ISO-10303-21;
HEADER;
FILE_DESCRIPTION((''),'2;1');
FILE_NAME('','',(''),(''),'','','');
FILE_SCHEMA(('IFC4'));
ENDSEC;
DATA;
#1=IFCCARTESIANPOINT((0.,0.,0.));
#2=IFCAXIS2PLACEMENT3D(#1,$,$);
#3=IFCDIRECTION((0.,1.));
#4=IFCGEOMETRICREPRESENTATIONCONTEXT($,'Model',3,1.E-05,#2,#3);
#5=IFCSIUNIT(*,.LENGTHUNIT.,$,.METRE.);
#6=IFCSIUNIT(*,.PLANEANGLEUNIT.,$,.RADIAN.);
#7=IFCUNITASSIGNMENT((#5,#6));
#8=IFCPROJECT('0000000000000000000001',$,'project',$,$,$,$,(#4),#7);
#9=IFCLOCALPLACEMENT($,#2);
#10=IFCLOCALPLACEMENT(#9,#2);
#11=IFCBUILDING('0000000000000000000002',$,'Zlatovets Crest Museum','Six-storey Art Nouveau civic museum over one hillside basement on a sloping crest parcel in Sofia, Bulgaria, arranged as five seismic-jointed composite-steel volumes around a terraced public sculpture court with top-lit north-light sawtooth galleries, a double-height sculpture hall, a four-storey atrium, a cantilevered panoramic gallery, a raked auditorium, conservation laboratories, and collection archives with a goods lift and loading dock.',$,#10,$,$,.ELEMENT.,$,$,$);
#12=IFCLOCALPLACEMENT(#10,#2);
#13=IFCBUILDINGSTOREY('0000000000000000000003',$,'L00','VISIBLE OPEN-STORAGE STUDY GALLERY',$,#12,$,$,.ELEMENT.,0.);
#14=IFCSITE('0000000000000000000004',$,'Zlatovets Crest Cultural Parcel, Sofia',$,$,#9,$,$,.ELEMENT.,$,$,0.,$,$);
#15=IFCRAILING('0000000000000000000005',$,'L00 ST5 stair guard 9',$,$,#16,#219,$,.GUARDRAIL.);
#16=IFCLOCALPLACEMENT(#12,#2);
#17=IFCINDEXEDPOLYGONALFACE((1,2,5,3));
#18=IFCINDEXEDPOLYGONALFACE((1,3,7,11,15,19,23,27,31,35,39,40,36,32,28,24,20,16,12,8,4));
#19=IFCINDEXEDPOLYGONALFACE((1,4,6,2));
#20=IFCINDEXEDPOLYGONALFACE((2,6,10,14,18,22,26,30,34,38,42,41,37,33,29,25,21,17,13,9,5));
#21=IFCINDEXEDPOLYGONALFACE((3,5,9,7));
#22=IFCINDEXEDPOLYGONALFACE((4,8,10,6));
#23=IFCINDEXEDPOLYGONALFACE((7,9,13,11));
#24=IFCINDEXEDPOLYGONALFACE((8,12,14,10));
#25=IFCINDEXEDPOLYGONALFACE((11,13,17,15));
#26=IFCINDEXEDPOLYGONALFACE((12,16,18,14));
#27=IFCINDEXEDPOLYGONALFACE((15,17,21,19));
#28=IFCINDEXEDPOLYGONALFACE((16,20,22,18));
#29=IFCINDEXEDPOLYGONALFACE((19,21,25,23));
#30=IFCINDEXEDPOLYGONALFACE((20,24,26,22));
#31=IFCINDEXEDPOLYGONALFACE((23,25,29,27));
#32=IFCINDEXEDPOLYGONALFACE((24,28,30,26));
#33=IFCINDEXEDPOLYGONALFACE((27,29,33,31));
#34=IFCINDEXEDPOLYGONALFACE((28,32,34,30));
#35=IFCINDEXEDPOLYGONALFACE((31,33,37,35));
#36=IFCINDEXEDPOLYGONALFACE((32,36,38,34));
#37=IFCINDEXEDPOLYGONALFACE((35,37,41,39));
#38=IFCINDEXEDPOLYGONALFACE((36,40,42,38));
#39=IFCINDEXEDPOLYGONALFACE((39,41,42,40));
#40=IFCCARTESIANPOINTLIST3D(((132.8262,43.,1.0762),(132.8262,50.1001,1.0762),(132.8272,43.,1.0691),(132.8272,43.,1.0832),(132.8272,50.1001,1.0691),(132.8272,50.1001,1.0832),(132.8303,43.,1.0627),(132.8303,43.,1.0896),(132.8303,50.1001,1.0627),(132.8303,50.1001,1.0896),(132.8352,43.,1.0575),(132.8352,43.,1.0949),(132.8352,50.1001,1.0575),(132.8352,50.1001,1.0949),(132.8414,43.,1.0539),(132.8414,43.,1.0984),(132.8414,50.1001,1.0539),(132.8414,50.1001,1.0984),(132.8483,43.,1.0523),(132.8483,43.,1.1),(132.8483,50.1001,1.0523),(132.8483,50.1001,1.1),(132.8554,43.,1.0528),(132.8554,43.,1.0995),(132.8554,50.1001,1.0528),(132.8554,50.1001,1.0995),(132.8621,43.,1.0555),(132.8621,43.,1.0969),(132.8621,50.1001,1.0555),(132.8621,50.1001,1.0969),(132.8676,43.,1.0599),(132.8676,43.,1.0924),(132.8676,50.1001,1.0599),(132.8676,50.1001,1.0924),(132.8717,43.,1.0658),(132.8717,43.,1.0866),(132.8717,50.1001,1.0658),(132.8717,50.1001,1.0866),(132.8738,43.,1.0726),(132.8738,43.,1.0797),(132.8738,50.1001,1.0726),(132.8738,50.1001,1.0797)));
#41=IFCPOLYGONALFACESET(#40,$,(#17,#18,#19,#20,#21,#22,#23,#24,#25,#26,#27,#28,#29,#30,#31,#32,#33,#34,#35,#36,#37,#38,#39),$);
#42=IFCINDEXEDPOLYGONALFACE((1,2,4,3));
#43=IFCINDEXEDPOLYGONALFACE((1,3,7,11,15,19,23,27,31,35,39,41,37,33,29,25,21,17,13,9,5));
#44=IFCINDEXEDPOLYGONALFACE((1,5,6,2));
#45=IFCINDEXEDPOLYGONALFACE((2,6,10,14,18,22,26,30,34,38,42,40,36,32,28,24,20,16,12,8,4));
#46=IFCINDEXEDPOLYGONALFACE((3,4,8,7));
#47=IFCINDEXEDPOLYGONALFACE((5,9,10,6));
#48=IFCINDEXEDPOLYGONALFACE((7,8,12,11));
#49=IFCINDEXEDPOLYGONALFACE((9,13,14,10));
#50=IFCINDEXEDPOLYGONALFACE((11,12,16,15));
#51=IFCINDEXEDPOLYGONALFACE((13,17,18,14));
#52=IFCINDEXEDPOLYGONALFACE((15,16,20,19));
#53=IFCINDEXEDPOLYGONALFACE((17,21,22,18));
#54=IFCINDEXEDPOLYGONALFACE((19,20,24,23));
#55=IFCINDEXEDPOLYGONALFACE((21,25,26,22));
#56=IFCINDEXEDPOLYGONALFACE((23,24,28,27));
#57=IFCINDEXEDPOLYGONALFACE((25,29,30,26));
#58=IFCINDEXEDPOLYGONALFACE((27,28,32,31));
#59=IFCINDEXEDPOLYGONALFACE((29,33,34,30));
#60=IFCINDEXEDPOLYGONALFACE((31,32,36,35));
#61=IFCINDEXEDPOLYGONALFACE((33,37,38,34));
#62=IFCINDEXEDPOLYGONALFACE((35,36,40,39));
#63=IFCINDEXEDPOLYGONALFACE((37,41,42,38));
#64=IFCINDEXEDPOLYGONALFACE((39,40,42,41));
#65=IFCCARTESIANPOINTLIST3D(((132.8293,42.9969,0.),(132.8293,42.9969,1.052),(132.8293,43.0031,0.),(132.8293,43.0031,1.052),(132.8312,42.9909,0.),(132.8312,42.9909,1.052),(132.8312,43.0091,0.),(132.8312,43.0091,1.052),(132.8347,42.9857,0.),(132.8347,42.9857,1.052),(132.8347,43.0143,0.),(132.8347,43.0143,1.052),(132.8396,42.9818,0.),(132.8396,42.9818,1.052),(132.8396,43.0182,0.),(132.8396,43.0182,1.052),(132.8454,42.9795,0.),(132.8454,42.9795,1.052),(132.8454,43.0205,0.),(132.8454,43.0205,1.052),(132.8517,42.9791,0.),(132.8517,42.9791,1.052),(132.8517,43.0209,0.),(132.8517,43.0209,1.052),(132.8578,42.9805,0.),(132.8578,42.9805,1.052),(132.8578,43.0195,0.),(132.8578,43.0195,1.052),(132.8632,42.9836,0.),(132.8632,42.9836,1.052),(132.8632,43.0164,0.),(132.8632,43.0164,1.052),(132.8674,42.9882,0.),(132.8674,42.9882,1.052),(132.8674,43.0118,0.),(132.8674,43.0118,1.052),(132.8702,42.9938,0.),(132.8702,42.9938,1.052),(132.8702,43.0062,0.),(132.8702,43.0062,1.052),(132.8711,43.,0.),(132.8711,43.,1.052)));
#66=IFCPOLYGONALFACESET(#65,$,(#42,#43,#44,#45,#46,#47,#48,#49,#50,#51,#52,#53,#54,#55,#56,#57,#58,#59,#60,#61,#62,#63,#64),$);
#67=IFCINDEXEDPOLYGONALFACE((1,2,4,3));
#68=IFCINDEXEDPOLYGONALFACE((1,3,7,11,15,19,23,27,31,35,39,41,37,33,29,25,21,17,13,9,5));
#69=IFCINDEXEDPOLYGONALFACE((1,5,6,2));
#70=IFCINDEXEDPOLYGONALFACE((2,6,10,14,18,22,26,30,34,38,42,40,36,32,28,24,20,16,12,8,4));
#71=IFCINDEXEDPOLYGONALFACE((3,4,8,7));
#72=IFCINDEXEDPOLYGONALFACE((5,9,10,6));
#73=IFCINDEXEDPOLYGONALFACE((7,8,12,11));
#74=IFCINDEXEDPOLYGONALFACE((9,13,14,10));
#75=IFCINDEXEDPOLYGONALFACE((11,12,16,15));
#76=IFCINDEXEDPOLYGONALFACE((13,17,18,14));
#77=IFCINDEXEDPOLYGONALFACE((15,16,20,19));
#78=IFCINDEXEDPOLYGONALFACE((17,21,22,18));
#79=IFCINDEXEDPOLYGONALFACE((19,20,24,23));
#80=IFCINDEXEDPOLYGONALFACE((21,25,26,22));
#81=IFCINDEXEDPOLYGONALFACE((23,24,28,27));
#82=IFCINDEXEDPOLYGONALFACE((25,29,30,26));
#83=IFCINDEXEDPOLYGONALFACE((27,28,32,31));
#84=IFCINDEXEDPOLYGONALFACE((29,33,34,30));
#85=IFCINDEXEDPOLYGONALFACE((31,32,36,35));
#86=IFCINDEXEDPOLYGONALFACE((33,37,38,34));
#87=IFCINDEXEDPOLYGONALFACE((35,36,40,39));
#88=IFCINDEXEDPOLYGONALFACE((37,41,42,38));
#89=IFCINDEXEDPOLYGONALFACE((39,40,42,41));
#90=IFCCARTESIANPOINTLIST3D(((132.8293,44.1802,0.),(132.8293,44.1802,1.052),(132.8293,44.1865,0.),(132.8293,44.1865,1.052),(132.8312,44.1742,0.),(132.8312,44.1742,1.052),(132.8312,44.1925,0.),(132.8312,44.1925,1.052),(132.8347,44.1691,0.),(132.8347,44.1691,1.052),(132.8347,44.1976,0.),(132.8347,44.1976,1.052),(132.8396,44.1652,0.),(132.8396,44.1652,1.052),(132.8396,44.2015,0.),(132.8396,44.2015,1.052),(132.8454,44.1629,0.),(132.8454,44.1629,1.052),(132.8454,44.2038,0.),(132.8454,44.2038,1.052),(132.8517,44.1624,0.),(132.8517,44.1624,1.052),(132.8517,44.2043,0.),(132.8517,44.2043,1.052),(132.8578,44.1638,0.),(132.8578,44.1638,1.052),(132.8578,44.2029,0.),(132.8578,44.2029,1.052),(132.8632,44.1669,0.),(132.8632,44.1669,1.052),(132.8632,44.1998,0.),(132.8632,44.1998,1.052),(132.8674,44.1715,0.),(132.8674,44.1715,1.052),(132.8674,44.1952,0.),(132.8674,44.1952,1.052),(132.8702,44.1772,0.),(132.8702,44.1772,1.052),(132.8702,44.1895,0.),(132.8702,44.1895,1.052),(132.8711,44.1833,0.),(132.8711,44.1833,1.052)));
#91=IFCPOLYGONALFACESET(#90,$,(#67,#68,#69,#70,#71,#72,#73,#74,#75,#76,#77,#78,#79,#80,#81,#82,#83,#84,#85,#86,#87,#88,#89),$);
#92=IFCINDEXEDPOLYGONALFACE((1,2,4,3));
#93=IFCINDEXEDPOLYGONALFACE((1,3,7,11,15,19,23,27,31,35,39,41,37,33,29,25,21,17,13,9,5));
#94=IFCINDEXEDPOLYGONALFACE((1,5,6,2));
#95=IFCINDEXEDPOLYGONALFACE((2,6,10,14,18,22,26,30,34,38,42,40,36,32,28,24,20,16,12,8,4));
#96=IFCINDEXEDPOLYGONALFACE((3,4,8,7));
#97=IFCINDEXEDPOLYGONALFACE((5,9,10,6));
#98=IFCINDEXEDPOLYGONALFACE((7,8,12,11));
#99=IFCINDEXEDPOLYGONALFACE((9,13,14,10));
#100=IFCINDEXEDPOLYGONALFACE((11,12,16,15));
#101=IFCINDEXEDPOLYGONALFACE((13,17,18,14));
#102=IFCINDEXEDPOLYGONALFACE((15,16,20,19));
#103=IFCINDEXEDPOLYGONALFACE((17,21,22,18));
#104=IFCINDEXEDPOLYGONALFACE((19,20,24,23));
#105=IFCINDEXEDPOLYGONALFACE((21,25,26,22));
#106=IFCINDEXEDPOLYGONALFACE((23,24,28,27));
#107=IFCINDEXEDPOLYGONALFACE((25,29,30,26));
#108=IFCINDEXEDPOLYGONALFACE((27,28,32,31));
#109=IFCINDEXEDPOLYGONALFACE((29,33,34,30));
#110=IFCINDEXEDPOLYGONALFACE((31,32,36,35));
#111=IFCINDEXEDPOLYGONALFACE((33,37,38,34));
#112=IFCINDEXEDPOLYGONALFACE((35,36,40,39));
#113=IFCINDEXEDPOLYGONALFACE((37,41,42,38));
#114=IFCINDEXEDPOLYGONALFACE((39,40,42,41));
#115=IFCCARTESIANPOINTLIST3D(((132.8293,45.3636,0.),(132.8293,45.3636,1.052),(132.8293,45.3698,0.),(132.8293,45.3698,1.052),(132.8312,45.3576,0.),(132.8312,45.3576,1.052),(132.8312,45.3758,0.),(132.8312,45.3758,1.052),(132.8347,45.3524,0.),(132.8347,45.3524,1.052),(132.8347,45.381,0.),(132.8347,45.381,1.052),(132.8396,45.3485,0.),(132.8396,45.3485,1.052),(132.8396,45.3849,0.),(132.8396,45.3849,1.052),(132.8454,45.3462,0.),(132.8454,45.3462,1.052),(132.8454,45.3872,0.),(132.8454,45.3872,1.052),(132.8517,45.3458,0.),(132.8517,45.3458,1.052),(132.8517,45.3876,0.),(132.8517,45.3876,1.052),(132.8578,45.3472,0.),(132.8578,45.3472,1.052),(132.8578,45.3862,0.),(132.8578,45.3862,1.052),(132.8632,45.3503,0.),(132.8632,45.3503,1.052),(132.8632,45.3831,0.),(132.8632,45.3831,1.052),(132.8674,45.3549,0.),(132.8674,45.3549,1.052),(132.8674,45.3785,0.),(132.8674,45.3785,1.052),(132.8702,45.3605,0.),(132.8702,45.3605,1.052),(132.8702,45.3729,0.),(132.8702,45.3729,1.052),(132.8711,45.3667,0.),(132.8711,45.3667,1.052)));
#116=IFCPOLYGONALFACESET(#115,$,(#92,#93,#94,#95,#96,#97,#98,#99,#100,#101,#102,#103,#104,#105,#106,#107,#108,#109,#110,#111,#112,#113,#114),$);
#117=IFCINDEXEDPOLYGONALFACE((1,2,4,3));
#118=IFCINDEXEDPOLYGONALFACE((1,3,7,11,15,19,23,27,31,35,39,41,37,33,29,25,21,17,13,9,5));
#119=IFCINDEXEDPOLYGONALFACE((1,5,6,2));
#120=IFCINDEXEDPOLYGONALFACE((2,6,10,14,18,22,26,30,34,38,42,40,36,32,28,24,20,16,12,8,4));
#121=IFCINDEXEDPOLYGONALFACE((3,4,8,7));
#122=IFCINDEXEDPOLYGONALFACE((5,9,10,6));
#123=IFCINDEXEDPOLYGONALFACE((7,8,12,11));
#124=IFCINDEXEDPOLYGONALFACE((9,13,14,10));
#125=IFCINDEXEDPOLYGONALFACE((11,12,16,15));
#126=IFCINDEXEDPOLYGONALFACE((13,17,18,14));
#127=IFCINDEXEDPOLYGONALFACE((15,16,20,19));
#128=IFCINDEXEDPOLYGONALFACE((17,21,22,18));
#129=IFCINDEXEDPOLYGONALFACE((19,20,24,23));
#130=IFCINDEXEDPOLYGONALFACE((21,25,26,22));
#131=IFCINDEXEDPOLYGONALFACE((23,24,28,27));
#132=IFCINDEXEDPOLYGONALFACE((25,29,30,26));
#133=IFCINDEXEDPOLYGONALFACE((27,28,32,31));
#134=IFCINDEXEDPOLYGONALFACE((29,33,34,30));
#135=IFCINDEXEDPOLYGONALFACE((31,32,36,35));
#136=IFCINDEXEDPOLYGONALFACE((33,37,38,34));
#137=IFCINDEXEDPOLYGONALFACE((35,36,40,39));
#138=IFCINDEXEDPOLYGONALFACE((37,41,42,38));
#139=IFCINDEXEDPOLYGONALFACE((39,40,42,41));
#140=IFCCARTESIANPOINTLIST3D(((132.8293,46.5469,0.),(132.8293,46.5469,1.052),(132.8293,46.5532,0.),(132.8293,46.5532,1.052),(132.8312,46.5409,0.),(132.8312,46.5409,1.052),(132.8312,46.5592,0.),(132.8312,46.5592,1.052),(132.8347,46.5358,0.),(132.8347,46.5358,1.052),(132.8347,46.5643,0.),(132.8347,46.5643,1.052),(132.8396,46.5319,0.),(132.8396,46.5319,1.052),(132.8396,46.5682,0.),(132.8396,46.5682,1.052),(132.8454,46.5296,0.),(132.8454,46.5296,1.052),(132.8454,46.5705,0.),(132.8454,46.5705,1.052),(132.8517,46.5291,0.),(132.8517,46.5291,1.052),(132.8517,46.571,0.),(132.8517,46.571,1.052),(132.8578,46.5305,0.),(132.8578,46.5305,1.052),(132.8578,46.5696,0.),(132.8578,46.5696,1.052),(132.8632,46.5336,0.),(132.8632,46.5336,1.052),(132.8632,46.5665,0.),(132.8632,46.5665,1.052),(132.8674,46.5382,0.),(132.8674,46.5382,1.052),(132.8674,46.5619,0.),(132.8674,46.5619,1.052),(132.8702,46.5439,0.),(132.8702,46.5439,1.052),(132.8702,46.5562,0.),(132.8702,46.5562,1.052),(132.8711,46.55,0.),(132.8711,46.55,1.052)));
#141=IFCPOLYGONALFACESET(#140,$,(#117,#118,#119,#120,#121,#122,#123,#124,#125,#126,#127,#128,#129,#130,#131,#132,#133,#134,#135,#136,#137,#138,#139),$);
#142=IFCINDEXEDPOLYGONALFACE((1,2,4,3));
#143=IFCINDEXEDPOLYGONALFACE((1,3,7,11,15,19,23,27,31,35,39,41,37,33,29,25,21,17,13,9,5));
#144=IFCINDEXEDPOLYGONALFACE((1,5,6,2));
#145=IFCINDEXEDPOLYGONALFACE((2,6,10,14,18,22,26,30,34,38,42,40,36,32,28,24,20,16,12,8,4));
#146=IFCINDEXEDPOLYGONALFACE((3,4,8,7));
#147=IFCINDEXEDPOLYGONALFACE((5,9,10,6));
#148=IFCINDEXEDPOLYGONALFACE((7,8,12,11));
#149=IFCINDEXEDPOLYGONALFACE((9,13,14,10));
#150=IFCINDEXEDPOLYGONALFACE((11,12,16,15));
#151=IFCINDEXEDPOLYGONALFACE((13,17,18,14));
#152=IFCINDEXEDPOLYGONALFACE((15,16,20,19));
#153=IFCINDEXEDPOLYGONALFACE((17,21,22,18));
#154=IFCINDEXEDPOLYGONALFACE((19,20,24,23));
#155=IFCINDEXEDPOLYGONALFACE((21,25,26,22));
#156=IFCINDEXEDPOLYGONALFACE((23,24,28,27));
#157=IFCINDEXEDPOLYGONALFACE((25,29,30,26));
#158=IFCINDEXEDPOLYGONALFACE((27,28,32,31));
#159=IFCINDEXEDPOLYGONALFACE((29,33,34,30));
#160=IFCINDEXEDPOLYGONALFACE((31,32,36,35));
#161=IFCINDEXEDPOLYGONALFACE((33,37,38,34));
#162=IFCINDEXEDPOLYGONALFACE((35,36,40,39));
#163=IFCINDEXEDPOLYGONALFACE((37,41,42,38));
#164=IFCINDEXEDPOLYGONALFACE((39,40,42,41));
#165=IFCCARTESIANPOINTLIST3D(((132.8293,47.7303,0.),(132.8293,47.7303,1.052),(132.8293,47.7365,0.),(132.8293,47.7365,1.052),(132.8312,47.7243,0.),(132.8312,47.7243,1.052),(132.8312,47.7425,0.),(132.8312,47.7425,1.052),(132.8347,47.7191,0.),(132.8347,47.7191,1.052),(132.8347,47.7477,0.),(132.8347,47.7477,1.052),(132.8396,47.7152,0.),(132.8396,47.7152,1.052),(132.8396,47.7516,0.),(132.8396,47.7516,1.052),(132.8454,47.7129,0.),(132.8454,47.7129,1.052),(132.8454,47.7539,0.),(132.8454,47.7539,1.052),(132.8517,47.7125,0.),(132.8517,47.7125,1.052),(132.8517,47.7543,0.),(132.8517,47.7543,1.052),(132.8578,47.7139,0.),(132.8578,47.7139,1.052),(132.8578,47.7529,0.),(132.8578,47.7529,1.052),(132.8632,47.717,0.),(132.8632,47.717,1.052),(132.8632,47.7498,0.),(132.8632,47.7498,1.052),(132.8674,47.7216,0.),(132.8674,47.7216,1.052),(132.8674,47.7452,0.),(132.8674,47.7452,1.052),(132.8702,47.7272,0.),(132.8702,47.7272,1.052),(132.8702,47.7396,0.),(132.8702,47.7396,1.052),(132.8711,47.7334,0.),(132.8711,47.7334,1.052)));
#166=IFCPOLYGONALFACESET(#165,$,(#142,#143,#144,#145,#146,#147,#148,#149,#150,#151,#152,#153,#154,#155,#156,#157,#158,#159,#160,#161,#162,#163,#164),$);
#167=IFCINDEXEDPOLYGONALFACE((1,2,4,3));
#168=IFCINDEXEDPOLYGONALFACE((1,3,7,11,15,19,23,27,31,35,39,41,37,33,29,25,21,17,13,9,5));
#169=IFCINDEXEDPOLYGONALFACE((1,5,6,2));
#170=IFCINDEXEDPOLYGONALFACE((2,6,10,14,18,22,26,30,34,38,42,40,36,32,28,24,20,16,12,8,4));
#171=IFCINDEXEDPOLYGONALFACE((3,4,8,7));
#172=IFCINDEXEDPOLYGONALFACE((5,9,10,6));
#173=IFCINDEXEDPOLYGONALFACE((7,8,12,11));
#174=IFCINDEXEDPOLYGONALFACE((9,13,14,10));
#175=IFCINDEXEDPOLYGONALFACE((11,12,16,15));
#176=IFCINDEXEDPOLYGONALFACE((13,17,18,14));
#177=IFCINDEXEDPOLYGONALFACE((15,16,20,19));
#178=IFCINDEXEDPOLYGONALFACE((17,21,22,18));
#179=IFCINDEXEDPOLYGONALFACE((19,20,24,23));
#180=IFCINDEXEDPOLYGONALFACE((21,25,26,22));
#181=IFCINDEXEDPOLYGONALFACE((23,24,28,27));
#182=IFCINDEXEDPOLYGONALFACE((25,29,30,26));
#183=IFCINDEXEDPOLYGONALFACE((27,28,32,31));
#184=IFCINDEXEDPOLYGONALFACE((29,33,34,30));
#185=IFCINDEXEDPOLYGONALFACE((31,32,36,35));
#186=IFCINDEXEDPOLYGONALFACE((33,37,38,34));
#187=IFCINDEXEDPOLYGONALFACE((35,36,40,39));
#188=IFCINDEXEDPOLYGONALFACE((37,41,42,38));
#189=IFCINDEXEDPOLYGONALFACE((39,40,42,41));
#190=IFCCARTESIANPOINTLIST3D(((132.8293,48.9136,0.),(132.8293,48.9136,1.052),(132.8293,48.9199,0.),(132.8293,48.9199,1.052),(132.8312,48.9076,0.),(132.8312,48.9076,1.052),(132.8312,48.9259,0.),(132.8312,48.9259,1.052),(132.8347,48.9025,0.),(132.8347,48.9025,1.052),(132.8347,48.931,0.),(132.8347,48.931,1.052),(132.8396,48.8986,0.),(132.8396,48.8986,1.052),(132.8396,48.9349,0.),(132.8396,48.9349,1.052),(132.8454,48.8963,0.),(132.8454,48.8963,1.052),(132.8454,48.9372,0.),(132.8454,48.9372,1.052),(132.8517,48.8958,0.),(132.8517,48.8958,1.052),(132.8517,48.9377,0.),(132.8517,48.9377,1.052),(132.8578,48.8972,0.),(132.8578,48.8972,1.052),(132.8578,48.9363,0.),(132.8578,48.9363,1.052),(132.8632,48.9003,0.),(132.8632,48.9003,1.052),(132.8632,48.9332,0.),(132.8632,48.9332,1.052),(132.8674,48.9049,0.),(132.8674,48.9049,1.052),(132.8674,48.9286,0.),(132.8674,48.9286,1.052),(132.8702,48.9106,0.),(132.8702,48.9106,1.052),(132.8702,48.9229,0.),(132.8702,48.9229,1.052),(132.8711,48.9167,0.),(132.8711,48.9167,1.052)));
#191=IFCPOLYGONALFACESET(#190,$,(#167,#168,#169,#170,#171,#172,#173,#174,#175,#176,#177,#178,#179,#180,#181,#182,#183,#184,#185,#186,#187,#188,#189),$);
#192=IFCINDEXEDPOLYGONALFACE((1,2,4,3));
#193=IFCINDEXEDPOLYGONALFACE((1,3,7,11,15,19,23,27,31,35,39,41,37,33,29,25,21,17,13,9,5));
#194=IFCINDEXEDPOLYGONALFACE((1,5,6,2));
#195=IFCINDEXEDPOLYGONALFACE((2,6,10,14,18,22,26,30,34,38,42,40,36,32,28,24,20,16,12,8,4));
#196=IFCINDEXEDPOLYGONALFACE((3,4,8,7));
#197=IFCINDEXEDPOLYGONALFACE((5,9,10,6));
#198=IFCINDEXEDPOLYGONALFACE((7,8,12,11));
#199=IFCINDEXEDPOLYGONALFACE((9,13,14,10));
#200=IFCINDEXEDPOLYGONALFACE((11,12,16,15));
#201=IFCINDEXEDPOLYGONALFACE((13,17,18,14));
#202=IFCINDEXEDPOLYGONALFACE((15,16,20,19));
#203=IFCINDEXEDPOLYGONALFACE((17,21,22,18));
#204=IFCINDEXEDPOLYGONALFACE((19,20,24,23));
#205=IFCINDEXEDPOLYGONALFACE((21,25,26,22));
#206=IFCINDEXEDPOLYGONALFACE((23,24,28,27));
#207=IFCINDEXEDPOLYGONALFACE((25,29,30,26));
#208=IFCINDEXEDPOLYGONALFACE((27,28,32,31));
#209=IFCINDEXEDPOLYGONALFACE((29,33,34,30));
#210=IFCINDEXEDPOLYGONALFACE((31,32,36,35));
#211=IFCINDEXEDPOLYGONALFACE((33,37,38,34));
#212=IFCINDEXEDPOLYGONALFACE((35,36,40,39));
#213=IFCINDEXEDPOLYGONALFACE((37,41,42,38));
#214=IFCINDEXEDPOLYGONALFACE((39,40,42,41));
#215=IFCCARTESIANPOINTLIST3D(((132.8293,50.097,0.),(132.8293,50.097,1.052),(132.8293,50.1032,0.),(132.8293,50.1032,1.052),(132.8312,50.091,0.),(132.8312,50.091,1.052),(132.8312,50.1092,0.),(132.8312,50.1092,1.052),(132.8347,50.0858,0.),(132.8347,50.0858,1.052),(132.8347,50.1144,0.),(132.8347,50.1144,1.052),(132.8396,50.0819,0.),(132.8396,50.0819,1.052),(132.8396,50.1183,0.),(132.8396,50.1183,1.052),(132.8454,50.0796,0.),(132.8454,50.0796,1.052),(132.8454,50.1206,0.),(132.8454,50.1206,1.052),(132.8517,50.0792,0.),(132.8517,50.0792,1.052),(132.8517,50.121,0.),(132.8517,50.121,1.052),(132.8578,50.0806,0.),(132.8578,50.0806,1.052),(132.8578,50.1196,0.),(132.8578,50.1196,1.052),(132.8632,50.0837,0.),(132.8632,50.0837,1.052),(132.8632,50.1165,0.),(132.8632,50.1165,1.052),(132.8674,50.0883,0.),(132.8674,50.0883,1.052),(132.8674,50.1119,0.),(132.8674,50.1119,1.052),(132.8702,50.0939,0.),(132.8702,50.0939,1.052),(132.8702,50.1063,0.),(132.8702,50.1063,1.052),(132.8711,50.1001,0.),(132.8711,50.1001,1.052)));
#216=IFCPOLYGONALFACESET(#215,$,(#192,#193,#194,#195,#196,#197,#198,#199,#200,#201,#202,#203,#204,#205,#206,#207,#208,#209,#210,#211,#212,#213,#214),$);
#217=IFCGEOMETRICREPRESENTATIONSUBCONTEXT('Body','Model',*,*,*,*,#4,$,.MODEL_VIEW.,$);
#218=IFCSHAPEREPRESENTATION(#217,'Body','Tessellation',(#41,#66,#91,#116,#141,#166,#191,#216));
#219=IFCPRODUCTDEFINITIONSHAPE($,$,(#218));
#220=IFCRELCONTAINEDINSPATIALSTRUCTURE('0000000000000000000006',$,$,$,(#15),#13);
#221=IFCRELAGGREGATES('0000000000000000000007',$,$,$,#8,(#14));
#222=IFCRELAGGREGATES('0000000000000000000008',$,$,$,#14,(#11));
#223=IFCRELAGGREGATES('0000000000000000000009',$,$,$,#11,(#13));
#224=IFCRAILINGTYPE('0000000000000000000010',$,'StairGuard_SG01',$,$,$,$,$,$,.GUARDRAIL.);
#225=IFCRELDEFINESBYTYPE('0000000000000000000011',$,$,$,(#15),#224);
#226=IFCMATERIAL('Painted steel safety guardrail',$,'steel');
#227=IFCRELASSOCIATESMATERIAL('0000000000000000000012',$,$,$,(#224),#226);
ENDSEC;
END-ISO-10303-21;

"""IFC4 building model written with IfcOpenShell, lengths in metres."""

from ifc_helpers import new_model, si_unit, direction, frame, origin, origin_2d, place, context, subcontext, project, spatial, circle, extrude, material, type_object, element, save


model = new_model("IFC4")

# Units and contexts
model_context = context("Model", 3, precision=1e-05, world=origin(), true_north=direction((0.0, 1.0)))
body_context = subcontext(model_context, "Body", "Model", "MODEL_VIEW")
ifc_project = project(units=[si_unit("LENGTHUNIT", "METRE"), si_unit("PLANEANGLEUNIT", "RADIAN")], contexts=[model_context])

# Site, building, storey
site_placement = place(None, origin())
site = spatial("IfcSite", under=ifc_project, at=site_placement, Name="Zlatovets Crest Cultural Parcel, Sofia", CompositionType="ELEMENT", RefElevation=0.0)
building_placement = place(site_placement, origin())
building = spatial("IfcBuilding", under=site, at=building_placement, Name="Zlatovets Crest Museum", Description="Six-storey Art Nouveau civic museum over one hillside basement on a sloping crest parcel in Sofia, Bulgaria, arranged as five seismic-jointed composite-steel volumes around a terraced public sculpture court with top-lit north-light sawtooth galleries, a double-height sculpture hall, a four-storey atrium, a cantilevered panoramic gallery, a raked auditorium, conservation laboratories, and collection archives with a goods lift and loading dock.", CompositionType="ELEMENT")
storey_placement = place(building_placement, origin())
storey = spatial("IfcBuildingStorey", under=building, at=storey_placement, Name="L00", Description="VISIBLE OPEN-STORAGE STUDY GALLERY", CompositionType="ELEMENT", Elevation=0.0)

# Railing
ifc_material_1 = material(Name="Painted steel safety guardrail", Category="steel")
railing_type_1 = type_object("IfcRailingType", Name="StairGuard_SG01", PredefinedType="GUARDRAIL", material=ifc_material_1)
for number, where, name in (
    (1, (132.8501, 43.0, 0.0), "L00 ST5 stair guard 9"),
):
    element("IfcRailing", number, at=place(storey_placement, frame(where)), inside=storey, type_object=railing_type_1, Name=name, PredefinedType="GUARDRAIL", context=body_context, shape_type="SweptSolid", body=[
        extrude(circle(Radius=0.0239, at=origin_2d()), frame((0.0, 0.0, 1.0762), z_axis=(0.0, 1.0, 0.0), x_axis=(-1.0, 0.0, 0.0)), (0.0, 0.0, 1.0), 7.1001),
        extrude(circle(Radius=0.021, at=origin_2d()), origin(), (0.0, 0.0, 1.0), 1.052),
        extrude(circle(Radius=0.021, at=origin_2d()), frame((0.0, 1.1833, 0.0)), (0.0, 0.0, 1.0), 1.052),
        extrude(circle(Radius=0.021, at=origin_2d()), frame((0.0, 2.3667, 0.0)), (0.0, 0.0, 1.0), 1.052),
        extrude(circle(Radius=0.021, at=origin_2d()), frame((0.0, 3.55, 0.0)), (0.0, 0.0, 1.0), 1.052),
        extrude(circle(Radius=0.021, at=origin_2d()), frame((0.0, 4.7334, 0.0)), (0.0, 0.0, 1.0), 1.052),
        extrude(circle(Radius=0.021, at=origin_2d()), frame((0.0, 5.9167, 0.0)), (0.0, 0.0, 1.0), 1.052),
        extrude(circle(Radius=0.021, at=origin_2d()), frame((0.0, 7.1001, 0.0)), (0.0, 0.0, 1.0), 1.052),
    ])

save(model, "model.ifc")
